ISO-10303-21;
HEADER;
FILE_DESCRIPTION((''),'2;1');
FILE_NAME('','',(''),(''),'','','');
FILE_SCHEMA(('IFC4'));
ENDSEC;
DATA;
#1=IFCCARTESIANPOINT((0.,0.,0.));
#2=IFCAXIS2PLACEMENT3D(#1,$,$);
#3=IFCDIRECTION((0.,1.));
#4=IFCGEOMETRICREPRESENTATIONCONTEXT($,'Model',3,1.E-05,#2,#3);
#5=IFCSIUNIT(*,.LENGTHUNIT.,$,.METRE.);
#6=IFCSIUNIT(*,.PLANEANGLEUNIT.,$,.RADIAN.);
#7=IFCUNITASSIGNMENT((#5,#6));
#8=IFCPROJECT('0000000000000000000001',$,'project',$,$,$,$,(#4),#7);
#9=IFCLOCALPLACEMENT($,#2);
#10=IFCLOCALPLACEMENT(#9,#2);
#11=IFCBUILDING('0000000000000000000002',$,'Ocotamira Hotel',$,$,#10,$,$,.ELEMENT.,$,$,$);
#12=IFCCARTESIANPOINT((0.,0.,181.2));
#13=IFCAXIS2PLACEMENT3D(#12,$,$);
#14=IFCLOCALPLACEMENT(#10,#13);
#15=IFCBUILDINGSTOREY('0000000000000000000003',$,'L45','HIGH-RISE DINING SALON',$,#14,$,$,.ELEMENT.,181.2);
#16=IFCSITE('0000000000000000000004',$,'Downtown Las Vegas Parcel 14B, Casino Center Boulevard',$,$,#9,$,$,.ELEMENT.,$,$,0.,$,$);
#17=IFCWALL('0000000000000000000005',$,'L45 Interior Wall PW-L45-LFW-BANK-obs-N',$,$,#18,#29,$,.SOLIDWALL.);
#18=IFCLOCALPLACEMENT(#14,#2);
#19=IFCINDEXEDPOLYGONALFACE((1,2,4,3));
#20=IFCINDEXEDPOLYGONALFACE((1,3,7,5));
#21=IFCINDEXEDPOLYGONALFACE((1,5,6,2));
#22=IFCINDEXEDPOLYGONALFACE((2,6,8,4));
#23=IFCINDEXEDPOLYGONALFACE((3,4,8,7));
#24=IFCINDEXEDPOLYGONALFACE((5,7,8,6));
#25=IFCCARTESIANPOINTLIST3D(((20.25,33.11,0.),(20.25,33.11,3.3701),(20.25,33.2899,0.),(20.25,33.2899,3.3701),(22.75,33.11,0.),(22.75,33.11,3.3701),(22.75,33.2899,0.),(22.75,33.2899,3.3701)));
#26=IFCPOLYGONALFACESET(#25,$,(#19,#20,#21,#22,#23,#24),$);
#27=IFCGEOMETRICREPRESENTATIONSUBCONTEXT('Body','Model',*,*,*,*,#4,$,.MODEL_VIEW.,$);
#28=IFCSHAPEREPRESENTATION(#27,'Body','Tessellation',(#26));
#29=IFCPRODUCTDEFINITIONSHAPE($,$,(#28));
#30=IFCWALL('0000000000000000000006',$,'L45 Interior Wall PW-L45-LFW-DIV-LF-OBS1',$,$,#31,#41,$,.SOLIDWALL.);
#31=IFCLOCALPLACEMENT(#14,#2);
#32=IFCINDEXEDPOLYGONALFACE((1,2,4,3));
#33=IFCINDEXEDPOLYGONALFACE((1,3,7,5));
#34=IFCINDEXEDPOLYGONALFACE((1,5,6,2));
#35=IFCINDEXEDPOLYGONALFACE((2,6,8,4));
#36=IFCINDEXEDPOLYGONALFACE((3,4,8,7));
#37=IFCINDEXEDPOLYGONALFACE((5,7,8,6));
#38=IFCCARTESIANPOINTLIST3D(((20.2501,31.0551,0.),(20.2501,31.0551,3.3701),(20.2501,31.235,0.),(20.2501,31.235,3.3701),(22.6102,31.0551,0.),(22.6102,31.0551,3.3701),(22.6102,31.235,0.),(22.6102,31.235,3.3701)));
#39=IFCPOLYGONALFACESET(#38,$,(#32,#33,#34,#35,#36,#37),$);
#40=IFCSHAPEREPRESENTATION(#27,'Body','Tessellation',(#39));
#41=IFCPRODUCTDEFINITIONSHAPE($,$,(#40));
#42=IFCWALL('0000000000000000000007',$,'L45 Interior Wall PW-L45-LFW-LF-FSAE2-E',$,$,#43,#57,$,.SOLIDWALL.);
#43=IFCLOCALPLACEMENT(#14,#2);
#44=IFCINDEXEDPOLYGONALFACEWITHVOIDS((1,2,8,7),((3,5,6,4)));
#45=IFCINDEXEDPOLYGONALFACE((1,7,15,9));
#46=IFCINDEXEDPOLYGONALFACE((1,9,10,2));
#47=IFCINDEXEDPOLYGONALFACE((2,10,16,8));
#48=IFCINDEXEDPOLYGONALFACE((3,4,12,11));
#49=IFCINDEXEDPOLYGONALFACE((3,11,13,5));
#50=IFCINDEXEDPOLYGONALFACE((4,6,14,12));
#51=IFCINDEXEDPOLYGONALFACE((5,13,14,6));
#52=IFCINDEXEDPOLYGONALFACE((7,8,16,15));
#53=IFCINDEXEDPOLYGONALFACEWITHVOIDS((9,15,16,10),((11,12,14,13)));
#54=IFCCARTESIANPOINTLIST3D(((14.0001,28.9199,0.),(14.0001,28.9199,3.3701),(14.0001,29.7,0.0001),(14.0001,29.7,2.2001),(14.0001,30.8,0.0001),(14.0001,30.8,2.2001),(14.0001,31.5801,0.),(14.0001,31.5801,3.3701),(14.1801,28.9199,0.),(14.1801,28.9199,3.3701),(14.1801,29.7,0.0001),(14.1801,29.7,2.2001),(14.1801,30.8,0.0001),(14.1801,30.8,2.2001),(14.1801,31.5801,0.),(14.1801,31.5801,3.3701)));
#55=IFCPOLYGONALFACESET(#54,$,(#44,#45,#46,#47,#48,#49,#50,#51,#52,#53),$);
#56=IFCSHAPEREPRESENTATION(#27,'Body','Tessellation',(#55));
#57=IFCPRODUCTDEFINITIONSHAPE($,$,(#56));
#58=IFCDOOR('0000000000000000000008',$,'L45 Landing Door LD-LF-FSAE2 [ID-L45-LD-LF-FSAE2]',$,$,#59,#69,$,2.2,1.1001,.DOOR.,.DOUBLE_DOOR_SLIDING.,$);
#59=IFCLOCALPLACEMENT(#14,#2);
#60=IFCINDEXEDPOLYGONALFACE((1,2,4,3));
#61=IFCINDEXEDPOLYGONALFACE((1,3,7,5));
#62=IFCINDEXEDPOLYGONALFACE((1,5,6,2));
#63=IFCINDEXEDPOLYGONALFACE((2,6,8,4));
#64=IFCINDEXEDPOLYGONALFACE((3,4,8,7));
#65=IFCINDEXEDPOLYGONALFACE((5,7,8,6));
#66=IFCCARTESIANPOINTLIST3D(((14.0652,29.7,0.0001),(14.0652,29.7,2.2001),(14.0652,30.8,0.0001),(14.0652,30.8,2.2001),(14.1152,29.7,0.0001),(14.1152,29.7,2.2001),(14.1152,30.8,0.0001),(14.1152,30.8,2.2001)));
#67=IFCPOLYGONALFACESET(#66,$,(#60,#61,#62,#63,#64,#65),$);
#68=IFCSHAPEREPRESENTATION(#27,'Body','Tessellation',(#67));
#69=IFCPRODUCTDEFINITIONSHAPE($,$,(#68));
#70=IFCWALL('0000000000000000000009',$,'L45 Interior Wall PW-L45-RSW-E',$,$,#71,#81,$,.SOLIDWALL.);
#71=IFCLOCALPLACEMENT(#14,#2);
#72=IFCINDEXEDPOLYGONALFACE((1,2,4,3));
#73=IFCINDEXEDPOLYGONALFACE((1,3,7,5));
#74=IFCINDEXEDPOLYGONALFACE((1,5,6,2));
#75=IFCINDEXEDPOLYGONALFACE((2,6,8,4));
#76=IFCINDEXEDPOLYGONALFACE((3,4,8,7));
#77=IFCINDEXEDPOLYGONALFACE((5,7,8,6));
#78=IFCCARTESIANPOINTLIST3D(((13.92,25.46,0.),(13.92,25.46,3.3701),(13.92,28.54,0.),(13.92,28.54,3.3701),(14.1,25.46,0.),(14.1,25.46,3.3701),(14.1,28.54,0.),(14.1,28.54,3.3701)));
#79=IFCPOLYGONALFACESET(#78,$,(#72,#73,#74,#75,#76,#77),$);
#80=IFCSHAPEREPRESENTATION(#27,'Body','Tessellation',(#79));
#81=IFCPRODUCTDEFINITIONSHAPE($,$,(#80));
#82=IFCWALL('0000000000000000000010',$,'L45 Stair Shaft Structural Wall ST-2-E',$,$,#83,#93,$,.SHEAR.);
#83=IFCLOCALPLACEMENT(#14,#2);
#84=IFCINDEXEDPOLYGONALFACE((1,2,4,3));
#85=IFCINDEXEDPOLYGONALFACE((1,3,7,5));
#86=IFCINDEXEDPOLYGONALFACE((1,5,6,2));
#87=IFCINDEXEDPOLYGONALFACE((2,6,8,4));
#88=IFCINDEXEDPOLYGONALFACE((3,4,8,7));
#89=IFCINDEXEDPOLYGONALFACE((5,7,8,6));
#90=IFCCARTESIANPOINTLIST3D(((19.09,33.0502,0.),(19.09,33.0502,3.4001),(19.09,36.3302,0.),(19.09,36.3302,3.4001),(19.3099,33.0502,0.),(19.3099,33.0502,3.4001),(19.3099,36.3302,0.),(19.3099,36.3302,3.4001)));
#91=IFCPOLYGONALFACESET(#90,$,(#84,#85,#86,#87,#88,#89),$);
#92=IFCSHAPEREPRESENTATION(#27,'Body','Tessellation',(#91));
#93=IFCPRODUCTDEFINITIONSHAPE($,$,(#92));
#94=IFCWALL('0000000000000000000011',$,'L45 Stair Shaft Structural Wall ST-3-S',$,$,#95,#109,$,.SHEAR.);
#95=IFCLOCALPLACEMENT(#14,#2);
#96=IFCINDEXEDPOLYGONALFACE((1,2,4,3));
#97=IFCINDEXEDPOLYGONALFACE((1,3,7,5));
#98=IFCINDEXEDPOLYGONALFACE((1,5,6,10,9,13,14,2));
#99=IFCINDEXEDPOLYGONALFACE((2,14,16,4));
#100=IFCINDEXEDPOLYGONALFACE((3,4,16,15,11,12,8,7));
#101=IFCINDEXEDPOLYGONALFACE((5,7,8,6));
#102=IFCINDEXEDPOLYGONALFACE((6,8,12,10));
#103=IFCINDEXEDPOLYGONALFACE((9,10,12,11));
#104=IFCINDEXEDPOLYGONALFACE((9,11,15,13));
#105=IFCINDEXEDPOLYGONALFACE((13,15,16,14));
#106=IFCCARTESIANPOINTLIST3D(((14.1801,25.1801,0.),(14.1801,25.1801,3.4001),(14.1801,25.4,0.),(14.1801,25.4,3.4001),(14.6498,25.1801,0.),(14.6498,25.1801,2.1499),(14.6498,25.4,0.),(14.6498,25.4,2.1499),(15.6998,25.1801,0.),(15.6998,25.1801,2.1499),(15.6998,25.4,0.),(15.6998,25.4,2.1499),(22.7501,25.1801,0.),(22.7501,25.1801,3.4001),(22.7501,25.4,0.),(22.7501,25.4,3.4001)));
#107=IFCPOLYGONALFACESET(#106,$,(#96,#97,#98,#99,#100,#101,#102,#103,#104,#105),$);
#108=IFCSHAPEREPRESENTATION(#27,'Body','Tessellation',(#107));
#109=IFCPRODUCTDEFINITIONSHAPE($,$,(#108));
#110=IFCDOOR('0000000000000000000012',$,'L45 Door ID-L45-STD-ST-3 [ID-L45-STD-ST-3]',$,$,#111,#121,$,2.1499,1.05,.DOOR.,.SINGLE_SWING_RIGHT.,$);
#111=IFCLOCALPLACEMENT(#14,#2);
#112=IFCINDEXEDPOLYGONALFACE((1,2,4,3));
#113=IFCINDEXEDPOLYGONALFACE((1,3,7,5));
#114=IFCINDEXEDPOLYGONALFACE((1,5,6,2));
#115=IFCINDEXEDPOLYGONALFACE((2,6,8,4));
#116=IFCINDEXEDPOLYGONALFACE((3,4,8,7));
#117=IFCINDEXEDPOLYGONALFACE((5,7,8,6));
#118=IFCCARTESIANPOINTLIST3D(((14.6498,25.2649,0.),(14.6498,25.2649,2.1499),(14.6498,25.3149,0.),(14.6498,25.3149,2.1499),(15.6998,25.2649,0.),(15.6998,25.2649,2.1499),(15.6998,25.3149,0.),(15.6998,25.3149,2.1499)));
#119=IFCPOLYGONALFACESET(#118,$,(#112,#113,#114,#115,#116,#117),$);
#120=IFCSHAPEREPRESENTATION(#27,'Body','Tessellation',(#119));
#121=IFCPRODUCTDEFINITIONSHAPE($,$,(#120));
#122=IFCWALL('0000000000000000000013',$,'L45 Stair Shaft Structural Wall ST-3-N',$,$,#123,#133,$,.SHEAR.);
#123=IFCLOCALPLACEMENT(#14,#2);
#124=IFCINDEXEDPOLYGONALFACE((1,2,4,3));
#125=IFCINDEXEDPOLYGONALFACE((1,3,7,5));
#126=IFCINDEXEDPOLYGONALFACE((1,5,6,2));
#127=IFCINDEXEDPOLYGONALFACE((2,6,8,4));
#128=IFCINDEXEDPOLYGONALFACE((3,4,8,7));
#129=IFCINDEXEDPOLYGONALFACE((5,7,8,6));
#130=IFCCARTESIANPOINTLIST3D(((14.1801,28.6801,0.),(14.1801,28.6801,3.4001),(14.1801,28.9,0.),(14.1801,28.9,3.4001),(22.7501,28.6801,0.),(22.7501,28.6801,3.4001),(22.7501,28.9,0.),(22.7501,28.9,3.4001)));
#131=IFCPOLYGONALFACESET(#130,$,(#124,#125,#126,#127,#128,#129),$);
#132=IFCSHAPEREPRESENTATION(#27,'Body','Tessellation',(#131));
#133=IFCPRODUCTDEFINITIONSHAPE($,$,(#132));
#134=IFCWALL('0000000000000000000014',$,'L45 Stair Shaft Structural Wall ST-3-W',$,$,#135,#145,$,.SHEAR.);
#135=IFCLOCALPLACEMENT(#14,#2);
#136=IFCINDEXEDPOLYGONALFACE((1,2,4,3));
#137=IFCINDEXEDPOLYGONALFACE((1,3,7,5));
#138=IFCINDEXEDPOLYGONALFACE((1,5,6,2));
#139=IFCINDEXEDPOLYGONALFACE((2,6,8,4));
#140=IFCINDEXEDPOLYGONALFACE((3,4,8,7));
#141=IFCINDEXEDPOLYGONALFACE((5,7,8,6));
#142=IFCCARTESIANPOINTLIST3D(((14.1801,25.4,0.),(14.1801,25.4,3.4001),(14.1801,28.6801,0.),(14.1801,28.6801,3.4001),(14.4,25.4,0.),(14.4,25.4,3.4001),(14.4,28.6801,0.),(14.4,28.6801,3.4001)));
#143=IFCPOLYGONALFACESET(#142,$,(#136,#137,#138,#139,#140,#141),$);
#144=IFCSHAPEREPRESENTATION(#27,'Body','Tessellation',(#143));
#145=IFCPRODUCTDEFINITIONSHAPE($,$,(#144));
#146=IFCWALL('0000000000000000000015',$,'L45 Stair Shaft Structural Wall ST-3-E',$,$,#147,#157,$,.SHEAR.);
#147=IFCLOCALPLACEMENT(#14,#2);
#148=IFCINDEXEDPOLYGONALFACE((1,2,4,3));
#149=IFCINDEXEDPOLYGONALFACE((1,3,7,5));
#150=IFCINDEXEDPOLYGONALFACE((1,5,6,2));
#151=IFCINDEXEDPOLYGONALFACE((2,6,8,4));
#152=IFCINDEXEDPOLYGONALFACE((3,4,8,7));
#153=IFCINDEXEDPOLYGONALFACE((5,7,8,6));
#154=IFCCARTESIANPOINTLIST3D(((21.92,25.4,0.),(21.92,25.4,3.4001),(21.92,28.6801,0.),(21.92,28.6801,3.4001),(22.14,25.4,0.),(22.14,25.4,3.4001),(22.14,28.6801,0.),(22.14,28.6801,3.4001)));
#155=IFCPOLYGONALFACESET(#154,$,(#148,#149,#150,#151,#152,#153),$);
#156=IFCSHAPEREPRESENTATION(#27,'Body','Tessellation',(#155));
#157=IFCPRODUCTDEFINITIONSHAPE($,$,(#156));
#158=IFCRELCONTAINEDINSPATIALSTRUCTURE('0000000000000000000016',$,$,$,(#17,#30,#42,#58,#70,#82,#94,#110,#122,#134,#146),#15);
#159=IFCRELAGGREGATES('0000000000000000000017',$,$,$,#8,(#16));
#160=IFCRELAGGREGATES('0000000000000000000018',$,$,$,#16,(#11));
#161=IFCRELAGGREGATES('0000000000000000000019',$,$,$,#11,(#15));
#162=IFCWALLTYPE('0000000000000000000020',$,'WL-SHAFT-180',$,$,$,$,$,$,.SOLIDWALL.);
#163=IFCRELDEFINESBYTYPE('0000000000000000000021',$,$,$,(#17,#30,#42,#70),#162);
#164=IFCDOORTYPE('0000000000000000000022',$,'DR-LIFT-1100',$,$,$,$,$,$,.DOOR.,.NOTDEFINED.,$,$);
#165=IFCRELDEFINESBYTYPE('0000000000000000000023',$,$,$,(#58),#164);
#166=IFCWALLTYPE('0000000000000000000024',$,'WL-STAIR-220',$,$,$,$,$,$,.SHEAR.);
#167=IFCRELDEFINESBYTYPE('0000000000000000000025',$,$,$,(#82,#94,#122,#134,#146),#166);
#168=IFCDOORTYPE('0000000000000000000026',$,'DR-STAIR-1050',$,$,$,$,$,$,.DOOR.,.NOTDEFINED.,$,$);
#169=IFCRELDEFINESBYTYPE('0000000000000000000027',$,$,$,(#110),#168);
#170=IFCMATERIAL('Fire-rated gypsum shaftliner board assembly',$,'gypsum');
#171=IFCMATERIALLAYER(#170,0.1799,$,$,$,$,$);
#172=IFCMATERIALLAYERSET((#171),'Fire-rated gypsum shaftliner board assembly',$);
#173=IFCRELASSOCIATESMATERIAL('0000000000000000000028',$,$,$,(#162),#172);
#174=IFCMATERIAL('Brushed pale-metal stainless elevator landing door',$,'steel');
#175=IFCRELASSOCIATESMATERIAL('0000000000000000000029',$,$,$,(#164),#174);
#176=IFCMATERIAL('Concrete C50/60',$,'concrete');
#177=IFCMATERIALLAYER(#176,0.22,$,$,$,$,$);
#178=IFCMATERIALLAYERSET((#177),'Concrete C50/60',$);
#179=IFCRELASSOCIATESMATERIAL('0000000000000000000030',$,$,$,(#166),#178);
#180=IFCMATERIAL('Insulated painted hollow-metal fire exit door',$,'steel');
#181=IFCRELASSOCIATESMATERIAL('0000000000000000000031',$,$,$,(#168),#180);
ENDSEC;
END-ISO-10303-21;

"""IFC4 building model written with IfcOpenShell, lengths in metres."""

from ifc_helpers import new_model, si_unit, direction, frame, frame_2d, origin, place, context, subcontext, project, spatial, rectangle, extrude, source, transform, mapped, material, layer, layer_set, type_object, element, fill, save


model = new_model("IFC4")

# Units and contexts
model_context = context("Model", 3, precision=1e-05, world=origin(), true_north=direction((0.0, 1.0)))
body_context = subcontext(model_context, "Body", "Model", "MODEL_VIEW")
ifc_project = project(units=[si_unit("LENGTHUNIT", "METRE"), si_unit("PLANEANGLEUNIT", "RADIAN")], contexts=[model_context])

# Site, building, storey
site_placement = place(None, origin())
site = spatial("IfcSite", under=ifc_project, at=site_placement, Name="Downtown Las Vegas Parcel 14B, Casino Center Boulevard", CompositionType="ELEMENT", RefElevation=0.0)
building_placement = place(site_placement, origin())
building = spatial("IfcBuilding", under=site, at=building_placement, Name="Ocotamira Hotel", CompositionType="ELEMENT")
storey_placement = place(building_placement, frame((0.0, 0.0, 181.2)))
storey = spatial("IfcBuildingStorey", under=building, at=storey_placement, Name="L45", Description="HIGH-RISE DINING SALON", CompositionType="ELEMENT", Elevation=181.2)

# Walls
ifc_material_1 = material(Name="Fire-rated gypsum shaftliner board assembly", Category="gypsum")
ifc_layer_1 = layer(ifc_material_1, 0.1799)
ifc_layer_set_1 = layer_set([ifc_layer_1], Name="Fire-rated gypsum shaftliner board assembly")
wall_type_1 = type_object("IfcWallType", Name="WL-SHAFT-180", PredefinedType="SOLIDWALL", material=ifc_layer_set_1)
wall_1_placement = place(storey_placement, frame((20.25, 33.2, 0.0), z_axis=(0.0, 0.0, 1.0), x_axis=(1.0, 0.0, 0.0)))
element("IfcWall", 1, at=wall_1_placement, inside=storey, type_object=wall_type_1, Name="L45 Interior Wall PW-L45-LFW-BANK-obs-N", PredefinedType="SOLIDWALL", context=body_context, shape_type="SweptSolid", body=[
    extrude(rectangle(XDim=2.5, YDim=0.1799, at=frame_2d((1.25, 0.0))), origin(), (0.0, 0.0, 1.0), 3.3701),
])
wall_2_placement = place(storey_placement, frame((20.25, 31.145, 0.0), z_axis=(0.0, 0.0, 1.0), x_axis=(1.0, 0.0, 0.0)))
element("IfcWall", 2, at=wall_2_placement, inside=storey, type_object=wall_type_1, Name="L45 Interior Wall PW-L45-LFW-DIV-LF-OBS1", PredefinedType="SOLIDWALL", context=body_context, shape_type="SweptSolid", body=[
    extrude(rectangle(XDim=2.3601, YDim=0.1799, at=frame_2d((1.1802, 0.0))), origin(), (0.0, 0.0, 1.0), 3.3701),
])

# Wall, opening, door
wall_3_placement = place(storey_placement, frame((14.0901, 28.9199, 0.0), z_axis=(0.0, 0.0, 1.0), x_axis=(0.0, 1.0, 0.0)))
wall_3 = element("IfcWall", 3, at=wall_3_placement, inside=storey, type_object=wall_type_1, Name="L45 Interior Wall PW-L45-LFW-LF-FSAE2-E", PredefinedType="SOLIDWALL", context=body_context, shape_type="SweptSolid", body=[
    extrude(rectangle(XDim=2.6602, YDim=0.1799, at=frame_2d((1.3301, 0.0))), origin(), (0.0, 0.0, 1.0), 3.3701),
])
opening_1_placement = place(wall_3_placement, frame((0.78, 0.0, 0.0)))
opening_1 = element("IfcOpeningElement", 4, at=opening_1_placement, cuts=wall_3, PredefinedType="OPENING", context=body_context, shape_type="SweptSolid", body=[
    extrude(rectangle(XDim=1.1001, YDim=2.2, at=frame_2d((0.55, 1.1001))), frame((0.0, 0.1001, 0.0), z_axis=(0.0, -1.0, 0.0), x_axis=(1.0, 0.0, 0.0)), (0.0, 0.0, 1.0), 0.2),
])
ifc_material_2 = material(Name="Brushed pale-metal stainless elevator landing door", Category="steel")
door_type_1 = type_object("IfcDoorType", Name="DR-LIFT-1100", OperationType="NOTDEFINED", PredefinedType="DOOR", material=ifc_material_2)
shared_shape_1 = source(origin(), body_context, "Body", "SweptSolid", [
    extrude(rectangle(XDim=1.1001, YDim=2.2, at=frame_2d((0.55, 1.1001))), frame((0.0, 0.0249, 0.0), z_axis=(0.0, -1.0, 0.0), x_axis=(1.0, 0.0, 0.0)), (0.0, 0.0, 1.0), 0.05),
])
door_1_placement = place(opening_1_placement, origin())
door_1 = element("IfcDoor", 5, at=door_1_placement, inside=storey, type_object=door_type_1, Name="L45 Landing Door LD-LF-FSAE2 [ID-L45-LD-LF-FSAE2]", OperationType="DOUBLE_DOOR_SLIDING", OverallHeight=2.2, OverallWidth=1.1001, PredefinedType="DOOR", context=body_context, shape_type="MappedRepresentation", body=[
    mapped(shared_shape_1, transform((0.0, 0.0, 0.0), scale=1.0)),
])
fill(opening_1, door_1)

# Walls
wall_4_placement = place(storey_placement, frame((14.01, 25.46, 0.0), z_axis=(0.0, 0.0, 1.0), x_axis=(0.0, 1.0, 0.0)))
element("IfcWall", 6, at=wall_4_placement, inside=storey, type_object=wall_type_1, Name="L45 Interior Wall PW-L45-RSW-E", PredefinedType="SOLIDWALL", context=body_context, shape_type="SweptSolid", body=[
    extrude(rectangle(XDim=3.0801, YDim=0.1799, at=frame_2d((1.54, 0.0))), origin(), (0.0, 0.0, 1.0), 3.3701),
])
ifc_material_3 = material(Name="Concrete C50/60", Category="concrete")
ifc_layer_2 = layer(ifc_material_3, 0.22)
ifc_layer_set_2 = layer_set([ifc_layer_2], Name="Concrete C50/60")
wall_type_2 = type_object("IfcWallType", Name="WL-STAIR-220", PredefinedType="SHEAR", material=ifc_layer_set_2)
wall_5_placement = place(storey_placement, frame((19.2, 33.05, 0.0), z_axis=(0.0, 0.0, 1.0), x_axis=(0.0, 1.0, 0.0)))
element("IfcWall", 7, at=wall_5_placement, inside=storey, type_object=wall_type_2, Name="L45 Stair Shaft Structural Wall ST-2-E", PredefinedType="SHEAR", context=body_context, shape_type="SweptSolid", body=[
    extrude(rectangle(XDim=3.28, YDim=0.22, at=frame_2d((1.6401, 0.0))), origin(), (0.0, 0.0, 1.0), 3.4001),
])

# Wall, opening, door
wall_6_placement = place(storey_placement, frame((14.1799, 25.29, 0.0), z_axis=(0.0, 0.0, 1.0), x_axis=(1.0, 0.0, 0.0)))
wall_6 = element("IfcWall", 8, at=wall_6_placement, inside=storey, type_object=wall_type_2, Name="L45 Stair Shaft Structural Wall ST-3-S", PredefinedType="SHEAR", context=body_context, shape_type="SweptSolid", body=[
    extrude(rectangle(XDim=8.5701, YDim=0.22, at=frame_2d((4.2852, 0.0))), origin(), (0.0, 0.0, 1.0), 3.4001),
])
opening_2_placement = place(wall_6_placement, frame((0.47, 0.0, 0.0)))
opening_2 = element("IfcOpeningElement", 9, at=opening_2_placement, cuts=wall_6, PredefinedType="OPENING", context=body_context, shape_type="SweptSolid", body=[
    extrude(rectangle(XDim=1.05, YDim=2.1499, at=frame_2d((0.5249, 1.075))), frame((0.0, 0.1201, 0.0), z_axis=(0.0, -1.0, 0.0), x_axis=(1.0, 0.0, 0.0)), (0.0, 0.0, 1.0), 0.24),
])
ifc_material_4 = material(Name="Insulated painted hollow-metal fire exit door", Category="steel")
door_type_2 = type_object("IfcDoorType", Name="DR-STAIR-1050", OperationType="NOTDEFINED", PredefinedType="DOOR", material=ifc_material_4)
shared_shape_2 = source(origin(), body_context, "Body", "SweptSolid", [
    extrude(rectangle(XDim=1.05, YDim=2.1499, at=frame_2d((0.5249, 1.075))), frame((0.0, 0.0249, 0.0), z_axis=(0.0, -1.0, 0.0), x_axis=(1.0, 0.0, 0.0)), (0.0, 0.0, 1.0), 0.05),
])
door_2_placement = place(opening_2_placement, origin())
door_2 = element("IfcDoor", 10, at=door_2_placement, inside=storey, type_object=door_type_2, Name="L45 Door ID-L45-STD-ST-3 [ID-L45-STD-ST-3]", OperationType="SINGLE_SWING_RIGHT", OverallHeight=2.1499, OverallWidth=1.05, PredefinedType="DOOR", context=body_context, shape_type="MappedRepresentation", body=[
    mapped(shared_shape_2, transform((0.0, 0.0, 0.0), scale=1.0)),
])
fill(opening_2, door_2)

# Walls
wall_7_placement = place(storey_placement, frame((14.1799, 28.79, 0.0), z_axis=(0.0, 0.0, 1.0), x_axis=(1.0, 0.0, 0.0)))
element("IfcWall", 11, at=wall_7_placement, inside=storey, type_object=wall_type_2, Name="L45 Stair Shaft Structural Wall ST-3-N", PredefinedType="SHEAR", context=body_context, shape_type="SweptSolid", body=[
    extrude(rectangle(XDim=8.5701, YDim=0.22, at=frame_2d((4.2852, 0.0))), origin(), (0.0, 0.0, 1.0), 3.4001),
])
for number, where, z_axis, x_axis, name in (
    (12, (14.29, 25.3999, 0.0), (0.0, 0.0, 1.0), (0.0, 1.0, 0.0), "L45 Stair Shaft Structural Wall ST-3-W"),
    (13, (22.03, 25.3999, 0.0), (0.0, 0.0, 1.0), (0.0, 1.0, 0.0), "L45 Stair Shaft Structural Wall ST-3-E"),
):
    element("IfcWall", number, at=place(storey_placement, frame(where, z_axis=z_axis, x_axis=x_axis)), inside=storey, type_object=wall_type_2, Name=name, PredefinedType="SHEAR", context=body_context, shape_type="SweptSolid", body=[
        extrude(rectangle(XDim=3.28, YDim=0.22, at=frame_2d((1.6401, 0.0))), origin(), (0.0, 0.0, 1.0), 3.4001),
    ])

save(model, "model.ifc")
